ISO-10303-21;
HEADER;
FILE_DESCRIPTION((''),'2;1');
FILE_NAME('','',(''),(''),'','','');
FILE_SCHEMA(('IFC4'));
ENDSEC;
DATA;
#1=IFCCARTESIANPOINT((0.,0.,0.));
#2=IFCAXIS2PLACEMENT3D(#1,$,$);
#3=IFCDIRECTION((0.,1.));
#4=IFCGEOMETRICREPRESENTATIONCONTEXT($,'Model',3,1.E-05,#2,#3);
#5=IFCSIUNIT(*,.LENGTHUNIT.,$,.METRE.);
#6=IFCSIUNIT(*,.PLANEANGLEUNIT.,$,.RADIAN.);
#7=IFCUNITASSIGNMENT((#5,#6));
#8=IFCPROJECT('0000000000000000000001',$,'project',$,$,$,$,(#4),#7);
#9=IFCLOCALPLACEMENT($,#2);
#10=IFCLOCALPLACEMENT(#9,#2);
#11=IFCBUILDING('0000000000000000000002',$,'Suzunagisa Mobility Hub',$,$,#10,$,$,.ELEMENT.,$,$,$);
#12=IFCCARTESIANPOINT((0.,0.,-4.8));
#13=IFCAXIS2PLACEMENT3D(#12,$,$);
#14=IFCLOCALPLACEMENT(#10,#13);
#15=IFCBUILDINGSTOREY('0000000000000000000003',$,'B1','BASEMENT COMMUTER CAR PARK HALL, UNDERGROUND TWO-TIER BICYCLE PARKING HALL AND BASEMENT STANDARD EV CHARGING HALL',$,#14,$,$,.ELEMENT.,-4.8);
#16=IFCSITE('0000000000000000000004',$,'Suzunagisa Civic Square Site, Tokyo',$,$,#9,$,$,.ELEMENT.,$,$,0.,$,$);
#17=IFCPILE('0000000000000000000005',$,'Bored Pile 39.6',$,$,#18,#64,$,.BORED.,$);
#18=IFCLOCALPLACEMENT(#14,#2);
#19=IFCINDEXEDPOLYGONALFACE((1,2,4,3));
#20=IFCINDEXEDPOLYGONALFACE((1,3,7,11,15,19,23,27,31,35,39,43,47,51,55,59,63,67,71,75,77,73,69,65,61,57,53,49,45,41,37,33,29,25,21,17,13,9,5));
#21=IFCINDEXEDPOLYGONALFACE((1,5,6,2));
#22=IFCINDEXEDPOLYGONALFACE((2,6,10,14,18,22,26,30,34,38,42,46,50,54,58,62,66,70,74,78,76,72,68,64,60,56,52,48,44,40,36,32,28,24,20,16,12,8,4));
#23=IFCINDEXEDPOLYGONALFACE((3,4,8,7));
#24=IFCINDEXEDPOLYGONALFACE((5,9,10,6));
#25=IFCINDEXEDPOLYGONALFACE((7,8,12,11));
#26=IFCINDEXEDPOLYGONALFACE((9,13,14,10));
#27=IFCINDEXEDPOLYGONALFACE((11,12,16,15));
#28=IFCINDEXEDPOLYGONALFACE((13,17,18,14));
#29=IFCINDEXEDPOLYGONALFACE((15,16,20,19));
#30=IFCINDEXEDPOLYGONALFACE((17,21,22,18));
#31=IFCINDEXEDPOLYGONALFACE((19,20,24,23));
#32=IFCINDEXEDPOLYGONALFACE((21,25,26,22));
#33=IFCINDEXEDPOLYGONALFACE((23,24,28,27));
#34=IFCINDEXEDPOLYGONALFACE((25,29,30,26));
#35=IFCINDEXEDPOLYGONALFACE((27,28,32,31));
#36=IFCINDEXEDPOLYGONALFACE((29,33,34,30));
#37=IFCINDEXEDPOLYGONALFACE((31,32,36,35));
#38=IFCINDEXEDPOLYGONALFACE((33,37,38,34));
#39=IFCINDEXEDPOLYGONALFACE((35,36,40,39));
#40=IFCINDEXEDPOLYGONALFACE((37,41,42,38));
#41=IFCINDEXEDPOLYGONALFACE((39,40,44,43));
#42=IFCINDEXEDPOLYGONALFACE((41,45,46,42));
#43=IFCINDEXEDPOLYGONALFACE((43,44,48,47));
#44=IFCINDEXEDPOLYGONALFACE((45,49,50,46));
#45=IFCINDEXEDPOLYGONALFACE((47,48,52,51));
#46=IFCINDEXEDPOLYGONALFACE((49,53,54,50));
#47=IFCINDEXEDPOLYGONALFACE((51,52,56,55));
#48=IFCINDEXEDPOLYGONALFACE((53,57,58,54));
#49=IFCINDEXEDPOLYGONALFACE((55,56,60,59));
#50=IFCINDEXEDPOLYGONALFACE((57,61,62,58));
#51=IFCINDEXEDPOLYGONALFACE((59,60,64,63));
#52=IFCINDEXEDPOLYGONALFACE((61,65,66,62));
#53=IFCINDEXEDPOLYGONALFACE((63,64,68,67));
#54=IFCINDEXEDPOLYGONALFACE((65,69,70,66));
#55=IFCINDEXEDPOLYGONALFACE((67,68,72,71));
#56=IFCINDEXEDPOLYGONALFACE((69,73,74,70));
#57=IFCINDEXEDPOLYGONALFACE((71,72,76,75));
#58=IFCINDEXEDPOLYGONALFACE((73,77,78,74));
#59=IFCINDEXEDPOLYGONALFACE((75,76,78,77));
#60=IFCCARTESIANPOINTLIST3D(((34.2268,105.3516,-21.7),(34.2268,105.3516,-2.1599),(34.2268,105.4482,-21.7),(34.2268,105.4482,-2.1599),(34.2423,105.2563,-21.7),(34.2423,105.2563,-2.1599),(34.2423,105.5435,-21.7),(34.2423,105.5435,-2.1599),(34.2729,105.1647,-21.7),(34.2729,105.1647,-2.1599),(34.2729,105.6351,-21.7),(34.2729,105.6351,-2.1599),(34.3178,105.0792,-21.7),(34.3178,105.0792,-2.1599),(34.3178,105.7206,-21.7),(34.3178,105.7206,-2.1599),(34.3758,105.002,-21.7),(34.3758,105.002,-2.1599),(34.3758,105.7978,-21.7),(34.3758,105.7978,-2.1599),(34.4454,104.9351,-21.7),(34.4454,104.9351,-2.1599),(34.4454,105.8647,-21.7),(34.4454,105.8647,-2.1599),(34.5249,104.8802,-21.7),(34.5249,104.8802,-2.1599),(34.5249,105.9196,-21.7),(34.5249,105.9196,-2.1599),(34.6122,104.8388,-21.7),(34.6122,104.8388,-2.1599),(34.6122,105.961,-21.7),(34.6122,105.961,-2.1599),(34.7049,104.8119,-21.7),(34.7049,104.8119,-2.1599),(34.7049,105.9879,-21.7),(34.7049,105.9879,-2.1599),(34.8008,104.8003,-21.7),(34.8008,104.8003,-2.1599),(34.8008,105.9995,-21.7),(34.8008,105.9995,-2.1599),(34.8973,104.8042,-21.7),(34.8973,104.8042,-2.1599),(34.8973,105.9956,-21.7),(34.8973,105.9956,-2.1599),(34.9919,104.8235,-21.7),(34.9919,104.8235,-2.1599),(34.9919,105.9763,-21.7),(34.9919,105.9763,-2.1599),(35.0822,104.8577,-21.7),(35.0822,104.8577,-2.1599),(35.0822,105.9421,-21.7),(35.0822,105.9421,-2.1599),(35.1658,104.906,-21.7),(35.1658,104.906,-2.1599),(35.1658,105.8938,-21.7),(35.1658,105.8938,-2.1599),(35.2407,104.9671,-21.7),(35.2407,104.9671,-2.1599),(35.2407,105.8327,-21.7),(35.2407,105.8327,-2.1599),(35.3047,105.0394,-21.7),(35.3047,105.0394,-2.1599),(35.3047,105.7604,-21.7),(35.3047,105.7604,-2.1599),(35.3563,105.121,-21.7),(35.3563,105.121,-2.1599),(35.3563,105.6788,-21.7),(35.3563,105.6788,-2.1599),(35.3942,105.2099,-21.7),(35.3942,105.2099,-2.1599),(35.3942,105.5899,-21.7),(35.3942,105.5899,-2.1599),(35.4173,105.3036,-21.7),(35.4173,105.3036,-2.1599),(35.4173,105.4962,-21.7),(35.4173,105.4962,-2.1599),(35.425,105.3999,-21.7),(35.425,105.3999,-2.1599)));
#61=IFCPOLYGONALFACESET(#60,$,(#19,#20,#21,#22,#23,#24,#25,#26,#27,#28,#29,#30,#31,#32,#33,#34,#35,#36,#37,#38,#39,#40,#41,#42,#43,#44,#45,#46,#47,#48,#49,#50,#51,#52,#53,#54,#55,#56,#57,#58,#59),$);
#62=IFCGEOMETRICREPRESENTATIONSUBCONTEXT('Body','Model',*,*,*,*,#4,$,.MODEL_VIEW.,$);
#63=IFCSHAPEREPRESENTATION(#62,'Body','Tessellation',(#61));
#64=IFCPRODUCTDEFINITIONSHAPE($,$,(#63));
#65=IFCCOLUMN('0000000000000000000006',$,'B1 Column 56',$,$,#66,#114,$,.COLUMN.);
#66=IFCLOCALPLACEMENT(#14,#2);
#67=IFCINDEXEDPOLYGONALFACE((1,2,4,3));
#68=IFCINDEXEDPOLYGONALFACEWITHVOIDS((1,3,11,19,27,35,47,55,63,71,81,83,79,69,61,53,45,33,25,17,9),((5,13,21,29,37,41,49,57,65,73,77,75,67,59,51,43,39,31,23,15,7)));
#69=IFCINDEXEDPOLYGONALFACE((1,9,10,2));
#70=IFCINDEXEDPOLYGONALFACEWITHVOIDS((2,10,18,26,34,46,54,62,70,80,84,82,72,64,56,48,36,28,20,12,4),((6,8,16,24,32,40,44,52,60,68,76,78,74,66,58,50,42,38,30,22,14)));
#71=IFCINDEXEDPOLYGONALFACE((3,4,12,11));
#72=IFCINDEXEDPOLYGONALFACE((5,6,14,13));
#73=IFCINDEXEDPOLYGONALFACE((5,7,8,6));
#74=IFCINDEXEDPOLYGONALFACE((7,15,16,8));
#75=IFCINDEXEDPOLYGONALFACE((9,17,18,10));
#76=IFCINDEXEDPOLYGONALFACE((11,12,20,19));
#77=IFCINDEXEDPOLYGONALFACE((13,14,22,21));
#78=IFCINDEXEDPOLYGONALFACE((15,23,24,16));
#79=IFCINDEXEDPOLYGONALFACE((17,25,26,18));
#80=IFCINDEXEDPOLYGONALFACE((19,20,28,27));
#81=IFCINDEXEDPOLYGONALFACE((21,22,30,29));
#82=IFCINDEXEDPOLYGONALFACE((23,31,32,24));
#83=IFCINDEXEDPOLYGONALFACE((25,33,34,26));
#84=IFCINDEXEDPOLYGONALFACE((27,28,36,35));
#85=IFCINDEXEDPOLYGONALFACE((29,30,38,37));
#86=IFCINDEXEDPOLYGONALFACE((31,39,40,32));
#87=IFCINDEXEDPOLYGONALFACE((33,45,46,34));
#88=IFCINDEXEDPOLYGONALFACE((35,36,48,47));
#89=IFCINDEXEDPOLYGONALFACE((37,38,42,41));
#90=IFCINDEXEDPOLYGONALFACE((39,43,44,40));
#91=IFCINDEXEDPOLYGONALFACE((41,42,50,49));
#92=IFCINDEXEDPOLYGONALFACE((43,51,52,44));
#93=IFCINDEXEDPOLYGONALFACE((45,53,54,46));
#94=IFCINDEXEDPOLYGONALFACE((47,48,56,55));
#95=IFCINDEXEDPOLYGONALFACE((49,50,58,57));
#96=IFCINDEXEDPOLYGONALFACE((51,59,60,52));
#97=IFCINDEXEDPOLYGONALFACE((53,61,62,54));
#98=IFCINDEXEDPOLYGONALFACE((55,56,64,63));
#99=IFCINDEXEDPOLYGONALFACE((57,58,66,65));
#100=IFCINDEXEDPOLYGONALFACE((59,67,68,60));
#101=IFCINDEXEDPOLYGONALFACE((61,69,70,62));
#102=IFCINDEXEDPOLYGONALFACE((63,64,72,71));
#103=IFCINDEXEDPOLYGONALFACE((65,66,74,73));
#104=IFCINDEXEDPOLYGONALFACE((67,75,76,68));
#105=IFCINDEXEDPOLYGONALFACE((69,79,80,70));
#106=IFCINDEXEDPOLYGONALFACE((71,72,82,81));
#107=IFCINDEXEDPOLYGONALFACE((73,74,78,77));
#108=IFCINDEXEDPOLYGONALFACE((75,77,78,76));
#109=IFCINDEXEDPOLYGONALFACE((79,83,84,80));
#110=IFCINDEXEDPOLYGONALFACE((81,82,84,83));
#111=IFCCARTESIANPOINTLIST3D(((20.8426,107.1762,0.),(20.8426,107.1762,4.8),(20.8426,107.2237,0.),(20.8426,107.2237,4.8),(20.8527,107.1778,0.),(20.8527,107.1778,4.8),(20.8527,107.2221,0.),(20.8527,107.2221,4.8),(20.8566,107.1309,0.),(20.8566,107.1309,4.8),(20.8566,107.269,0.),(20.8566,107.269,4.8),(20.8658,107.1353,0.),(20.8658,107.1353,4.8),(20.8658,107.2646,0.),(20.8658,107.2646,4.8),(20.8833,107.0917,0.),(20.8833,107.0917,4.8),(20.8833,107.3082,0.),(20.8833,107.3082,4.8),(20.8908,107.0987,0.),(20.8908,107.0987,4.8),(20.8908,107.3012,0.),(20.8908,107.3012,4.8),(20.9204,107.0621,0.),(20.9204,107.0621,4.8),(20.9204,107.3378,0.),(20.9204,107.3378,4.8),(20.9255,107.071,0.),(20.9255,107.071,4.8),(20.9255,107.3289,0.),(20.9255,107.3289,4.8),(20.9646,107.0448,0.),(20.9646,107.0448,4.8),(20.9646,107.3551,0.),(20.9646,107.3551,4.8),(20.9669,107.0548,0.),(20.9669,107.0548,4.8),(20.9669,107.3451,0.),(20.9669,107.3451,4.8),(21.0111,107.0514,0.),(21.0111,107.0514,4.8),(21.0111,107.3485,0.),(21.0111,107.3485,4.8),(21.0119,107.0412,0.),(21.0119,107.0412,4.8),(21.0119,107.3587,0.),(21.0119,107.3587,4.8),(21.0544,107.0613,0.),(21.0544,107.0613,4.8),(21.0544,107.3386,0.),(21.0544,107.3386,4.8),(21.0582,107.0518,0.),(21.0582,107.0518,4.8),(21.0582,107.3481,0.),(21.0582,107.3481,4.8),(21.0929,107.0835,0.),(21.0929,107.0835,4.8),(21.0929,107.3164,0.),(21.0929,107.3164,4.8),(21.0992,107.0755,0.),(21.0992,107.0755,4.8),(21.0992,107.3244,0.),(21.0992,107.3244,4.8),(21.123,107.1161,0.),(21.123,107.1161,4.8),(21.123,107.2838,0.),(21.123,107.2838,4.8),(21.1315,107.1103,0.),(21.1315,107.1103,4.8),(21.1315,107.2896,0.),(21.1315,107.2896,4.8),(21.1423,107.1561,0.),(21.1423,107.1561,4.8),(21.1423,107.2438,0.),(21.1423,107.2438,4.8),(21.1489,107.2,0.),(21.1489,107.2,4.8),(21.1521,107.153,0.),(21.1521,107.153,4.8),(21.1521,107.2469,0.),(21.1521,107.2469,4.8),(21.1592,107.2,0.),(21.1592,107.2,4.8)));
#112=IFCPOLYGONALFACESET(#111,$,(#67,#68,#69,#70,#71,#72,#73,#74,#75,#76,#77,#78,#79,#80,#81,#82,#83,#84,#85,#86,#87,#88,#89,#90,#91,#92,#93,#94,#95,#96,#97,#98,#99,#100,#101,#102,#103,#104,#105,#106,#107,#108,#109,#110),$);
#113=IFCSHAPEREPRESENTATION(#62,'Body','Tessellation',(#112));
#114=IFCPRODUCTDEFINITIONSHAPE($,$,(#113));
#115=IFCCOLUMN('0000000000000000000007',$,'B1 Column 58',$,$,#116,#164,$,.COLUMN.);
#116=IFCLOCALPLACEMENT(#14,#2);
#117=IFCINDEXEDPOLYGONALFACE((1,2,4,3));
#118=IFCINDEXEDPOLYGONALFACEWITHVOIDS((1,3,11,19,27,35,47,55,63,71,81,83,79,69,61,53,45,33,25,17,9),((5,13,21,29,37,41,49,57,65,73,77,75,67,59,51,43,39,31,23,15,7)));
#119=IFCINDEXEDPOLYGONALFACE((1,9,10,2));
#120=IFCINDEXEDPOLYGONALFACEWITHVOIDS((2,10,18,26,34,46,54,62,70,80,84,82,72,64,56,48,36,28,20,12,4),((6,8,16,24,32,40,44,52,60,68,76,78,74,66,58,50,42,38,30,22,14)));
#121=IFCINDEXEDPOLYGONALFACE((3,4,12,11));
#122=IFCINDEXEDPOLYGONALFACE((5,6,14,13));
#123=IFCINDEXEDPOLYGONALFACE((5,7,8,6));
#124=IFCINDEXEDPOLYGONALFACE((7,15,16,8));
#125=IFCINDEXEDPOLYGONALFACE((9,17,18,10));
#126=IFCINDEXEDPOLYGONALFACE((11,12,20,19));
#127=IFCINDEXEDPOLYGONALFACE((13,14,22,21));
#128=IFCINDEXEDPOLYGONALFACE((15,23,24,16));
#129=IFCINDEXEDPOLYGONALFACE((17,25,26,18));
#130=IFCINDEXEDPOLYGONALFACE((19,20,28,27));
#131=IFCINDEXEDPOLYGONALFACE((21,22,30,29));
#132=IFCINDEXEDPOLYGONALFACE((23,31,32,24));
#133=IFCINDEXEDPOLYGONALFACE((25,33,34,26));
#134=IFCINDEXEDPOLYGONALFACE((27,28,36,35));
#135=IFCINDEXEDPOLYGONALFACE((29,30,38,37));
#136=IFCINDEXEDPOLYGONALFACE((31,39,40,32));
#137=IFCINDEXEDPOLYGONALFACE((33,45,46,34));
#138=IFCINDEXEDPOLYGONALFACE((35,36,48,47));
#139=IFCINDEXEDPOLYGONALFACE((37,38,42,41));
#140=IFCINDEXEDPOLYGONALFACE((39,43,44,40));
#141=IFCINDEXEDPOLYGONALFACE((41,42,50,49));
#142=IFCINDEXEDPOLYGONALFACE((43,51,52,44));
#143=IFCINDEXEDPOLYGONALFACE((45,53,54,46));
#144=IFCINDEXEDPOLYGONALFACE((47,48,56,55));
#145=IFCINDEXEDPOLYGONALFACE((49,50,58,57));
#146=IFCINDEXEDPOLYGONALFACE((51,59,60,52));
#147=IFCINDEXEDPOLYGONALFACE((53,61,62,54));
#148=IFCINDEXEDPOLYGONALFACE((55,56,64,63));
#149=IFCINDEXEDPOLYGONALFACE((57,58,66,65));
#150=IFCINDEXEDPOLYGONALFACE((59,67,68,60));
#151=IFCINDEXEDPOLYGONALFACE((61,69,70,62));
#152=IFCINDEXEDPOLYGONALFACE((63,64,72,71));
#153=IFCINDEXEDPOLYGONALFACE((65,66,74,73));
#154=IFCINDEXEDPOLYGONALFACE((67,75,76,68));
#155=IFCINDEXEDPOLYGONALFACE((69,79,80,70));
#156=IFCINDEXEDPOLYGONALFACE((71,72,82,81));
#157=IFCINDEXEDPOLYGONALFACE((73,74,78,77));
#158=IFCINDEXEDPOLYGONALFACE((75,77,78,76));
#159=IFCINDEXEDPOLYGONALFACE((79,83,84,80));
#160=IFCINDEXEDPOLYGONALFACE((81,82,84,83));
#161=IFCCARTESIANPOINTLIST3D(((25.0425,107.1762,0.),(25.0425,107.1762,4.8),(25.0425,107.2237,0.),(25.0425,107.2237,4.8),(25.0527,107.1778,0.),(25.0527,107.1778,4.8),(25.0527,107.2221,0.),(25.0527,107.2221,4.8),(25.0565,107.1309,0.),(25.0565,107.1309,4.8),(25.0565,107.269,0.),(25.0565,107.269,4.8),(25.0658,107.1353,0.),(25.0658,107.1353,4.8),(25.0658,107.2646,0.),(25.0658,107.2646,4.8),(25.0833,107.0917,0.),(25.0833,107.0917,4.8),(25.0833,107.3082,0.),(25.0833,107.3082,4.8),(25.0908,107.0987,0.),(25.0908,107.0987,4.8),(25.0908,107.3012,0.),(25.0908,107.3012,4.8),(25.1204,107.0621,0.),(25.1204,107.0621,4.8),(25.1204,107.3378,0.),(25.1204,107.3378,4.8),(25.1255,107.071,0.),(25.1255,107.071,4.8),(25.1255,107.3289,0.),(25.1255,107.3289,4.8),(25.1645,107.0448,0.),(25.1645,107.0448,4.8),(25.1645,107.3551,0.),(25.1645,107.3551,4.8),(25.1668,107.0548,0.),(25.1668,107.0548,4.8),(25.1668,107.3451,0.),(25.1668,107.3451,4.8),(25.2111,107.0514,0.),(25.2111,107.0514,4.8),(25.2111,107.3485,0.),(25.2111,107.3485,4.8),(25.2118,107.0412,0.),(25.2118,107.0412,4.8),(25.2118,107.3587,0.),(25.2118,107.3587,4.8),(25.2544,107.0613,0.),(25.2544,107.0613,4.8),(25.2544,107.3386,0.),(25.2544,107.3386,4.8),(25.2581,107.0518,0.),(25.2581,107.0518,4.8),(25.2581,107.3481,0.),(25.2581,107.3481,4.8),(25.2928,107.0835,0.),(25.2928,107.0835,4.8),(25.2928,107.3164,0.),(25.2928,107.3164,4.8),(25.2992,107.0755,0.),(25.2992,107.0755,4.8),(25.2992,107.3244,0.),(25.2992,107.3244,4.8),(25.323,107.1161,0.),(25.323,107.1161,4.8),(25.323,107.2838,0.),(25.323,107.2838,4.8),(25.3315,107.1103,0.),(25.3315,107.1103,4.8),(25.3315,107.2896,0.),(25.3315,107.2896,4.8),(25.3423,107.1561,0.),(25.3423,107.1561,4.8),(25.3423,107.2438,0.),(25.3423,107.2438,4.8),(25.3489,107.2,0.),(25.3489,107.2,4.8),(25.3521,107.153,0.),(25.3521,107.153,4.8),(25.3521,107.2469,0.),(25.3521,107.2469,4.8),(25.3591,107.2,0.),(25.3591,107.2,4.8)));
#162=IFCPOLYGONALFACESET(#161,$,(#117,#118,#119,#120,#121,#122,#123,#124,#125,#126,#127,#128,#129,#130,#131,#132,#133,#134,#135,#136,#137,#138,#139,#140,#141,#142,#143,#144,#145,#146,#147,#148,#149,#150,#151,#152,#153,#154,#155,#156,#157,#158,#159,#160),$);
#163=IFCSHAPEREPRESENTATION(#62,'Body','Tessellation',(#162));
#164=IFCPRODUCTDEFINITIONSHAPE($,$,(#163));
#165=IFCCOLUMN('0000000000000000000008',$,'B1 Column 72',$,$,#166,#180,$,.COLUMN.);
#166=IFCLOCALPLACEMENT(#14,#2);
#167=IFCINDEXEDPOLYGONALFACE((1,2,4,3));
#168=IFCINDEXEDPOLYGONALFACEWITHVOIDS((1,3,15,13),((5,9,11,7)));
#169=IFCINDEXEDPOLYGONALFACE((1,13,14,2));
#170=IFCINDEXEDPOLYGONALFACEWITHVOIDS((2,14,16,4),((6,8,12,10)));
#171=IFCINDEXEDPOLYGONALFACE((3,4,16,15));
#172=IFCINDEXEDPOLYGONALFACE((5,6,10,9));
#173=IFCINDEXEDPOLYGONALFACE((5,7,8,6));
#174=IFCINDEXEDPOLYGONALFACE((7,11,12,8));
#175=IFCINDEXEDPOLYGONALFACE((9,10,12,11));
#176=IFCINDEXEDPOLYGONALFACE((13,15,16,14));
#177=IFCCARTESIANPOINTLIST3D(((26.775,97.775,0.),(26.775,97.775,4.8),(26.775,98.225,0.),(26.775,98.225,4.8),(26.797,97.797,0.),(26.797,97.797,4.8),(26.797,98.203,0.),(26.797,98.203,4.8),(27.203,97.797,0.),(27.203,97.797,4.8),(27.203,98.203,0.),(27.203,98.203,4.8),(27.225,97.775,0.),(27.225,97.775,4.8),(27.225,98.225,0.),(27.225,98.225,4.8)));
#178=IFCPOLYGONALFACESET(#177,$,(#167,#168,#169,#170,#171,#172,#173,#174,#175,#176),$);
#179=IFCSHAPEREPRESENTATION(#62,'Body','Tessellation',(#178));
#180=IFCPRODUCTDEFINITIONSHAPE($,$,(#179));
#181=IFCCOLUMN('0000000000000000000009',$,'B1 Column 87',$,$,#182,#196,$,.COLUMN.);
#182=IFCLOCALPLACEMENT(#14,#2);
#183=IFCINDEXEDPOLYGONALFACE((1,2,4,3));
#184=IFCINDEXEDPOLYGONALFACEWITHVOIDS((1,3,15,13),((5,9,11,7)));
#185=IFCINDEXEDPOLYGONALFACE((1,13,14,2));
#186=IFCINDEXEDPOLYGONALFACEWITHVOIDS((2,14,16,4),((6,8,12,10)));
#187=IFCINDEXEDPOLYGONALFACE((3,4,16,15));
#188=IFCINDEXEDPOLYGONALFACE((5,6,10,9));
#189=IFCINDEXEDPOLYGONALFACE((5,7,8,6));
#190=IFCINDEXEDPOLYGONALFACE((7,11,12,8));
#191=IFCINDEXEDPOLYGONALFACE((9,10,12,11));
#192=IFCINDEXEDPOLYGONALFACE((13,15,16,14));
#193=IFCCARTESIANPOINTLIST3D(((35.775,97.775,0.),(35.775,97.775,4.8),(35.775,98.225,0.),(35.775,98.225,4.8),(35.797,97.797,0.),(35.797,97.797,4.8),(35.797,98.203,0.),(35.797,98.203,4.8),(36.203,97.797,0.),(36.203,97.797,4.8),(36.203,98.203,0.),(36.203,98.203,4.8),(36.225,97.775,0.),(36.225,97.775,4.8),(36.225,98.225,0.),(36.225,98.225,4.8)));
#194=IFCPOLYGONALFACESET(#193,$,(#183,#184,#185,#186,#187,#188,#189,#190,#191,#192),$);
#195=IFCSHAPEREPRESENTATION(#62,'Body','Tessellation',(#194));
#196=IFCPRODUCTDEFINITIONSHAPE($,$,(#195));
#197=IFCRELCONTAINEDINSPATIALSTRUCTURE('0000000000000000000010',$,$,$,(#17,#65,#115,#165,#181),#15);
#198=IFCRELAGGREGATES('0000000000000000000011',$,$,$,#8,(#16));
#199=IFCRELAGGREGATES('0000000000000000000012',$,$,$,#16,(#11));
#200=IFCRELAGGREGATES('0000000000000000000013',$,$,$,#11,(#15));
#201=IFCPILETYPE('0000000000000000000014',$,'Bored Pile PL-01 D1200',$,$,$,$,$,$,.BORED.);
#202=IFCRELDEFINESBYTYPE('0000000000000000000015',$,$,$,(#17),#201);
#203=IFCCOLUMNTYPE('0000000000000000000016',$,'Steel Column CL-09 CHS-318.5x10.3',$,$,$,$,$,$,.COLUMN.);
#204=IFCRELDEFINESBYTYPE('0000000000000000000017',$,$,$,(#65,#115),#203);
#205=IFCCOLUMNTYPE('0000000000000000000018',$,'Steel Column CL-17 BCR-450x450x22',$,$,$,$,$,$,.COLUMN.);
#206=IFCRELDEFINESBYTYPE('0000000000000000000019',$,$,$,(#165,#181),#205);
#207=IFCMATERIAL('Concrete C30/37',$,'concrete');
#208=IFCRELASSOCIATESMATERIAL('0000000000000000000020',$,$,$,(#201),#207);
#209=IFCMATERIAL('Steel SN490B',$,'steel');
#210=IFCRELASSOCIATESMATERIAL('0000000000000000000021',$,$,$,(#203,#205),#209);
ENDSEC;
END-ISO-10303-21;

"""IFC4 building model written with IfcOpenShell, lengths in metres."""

from ifc_helpers import new_model, si_unit, direction, frame, origin, origin_2d, place, context, subcontext, project, spatial, hollow_rectangle, circle, hollow_circle, extrude, material, material_profile, profile_set, type_object, element, save


model = new_model("IFC4")

# Units and contexts
model_context = context("Model", 3, precision=1e-05, world=origin(), true_north=direction((0.0, 1.0)))
body_context = subcontext(model_context, "Body", "Model", "MODEL_VIEW")
ifc_project = project(units=[si_unit("LENGTHUNIT", "METRE"), si_unit("PLANEANGLEUNIT", "RADIAN")], contexts=[model_context])

# Site, building, storey
site_placement = place(None, origin())
site = spatial("IfcSite", under=ifc_project, at=site_placement, Name="Suzunagisa Civic Square Site, Tokyo", CompositionType="ELEMENT", RefElevation=0.0)
building_placement = place(site_placement, origin())
building = spatial("IfcBuilding", under=site, at=building_placement, Name="Suzunagisa Mobility Hub", CompositionType="ELEMENT")
storey_placement = place(building_placement, frame((0.0, 0.0, -4.8)))
storey = spatial("IfcBuildingStorey", under=building, at=storey_placement, Name="B1", Description="BASEMENT COMMUTER CAR PARK HALL, UNDERGROUND TWO-TIER BICYCLE PARKING HALL AND BASEMENT STANDARD EV CHARGING HALL", CompositionType="ELEMENT", Elevation=-4.8)

# Pile
ifc_material_1 = material(Name="Concrete C30/37", Category="concrete")
ifc_material_profile_1 = material_profile(ifc_material_1, circle(Radius=0.6001, at=origin_2d()), Name="BORED PILE D1200")
ifc_profile_set_1 = profile_set([ifc_material_profile_1], Name="Concrete C30/37")
pile_type = type_object("IfcPileType", Name="Bored Pile PL-01 D1200", PredefinedType="BORED", material=ifc_profile_set_1)
for number, where, z_axis, x_axis, name in (
    (1, (34.825, 105.3999, -2.1599), (0.0, 0.0, -1.0), (1.0, 0.0, 0.0), "Bored Pile 39.6"),
):
    element("IfcPile", number, at=place(storey_placement, frame(where, z_axis=z_axis, x_axis=x_axis)), inside=storey, type_object=pile_type, Name=name, PredefinedType="BORED", context=body_context, shape_type="SweptSolid", body=[
        extrude(circle(Radius=0.6001, at=origin_2d()), origin(), (0.0, 0.0, 1.0), 19.54),
    ])

# Columns
ifc_material_2 = material(Name="Steel SN490B", Category="steel")
ifc_material_profile_2 = material_profile(ifc_material_2, hollow_circle(Radius=0.1592, WallThickness=0.0103, at=origin_2d()), Name="CHS-318.5x10.3")
ifc_profile_set_2 = profile_set([ifc_material_profile_2], Name="Steel SN490B")
column_type_1 = type_object("IfcColumnType", Name="Steel Column CL-09 CHS-318.5x10.3", PredefinedType="COLUMN", material=ifc_profile_set_2)
for number, where, z_axis, x_axis, name in (
    (2, (21.0, 107.2, 0.0), (0.0, 0.0, 1.0), (1.0, 0.0, 0.0), "B1 Column 56"),
    (3, (25.2, 107.2, 0.0), (0.0, 0.0, 1.0), (1.0, 0.0, 0.0), "B1 Column 58"),
):
    element("IfcColumn", number, at=place(storey_placement, frame(where, z_axis=z_axis, x_axis=x_axis)), inside=storey, type_object=column_type_1, Name=name, PredefinedType="COLUMN", context=body_context, shape_type="SweptSolid", body=[
        extrude(hollow_circle(Radius=0.1592, WallThickness=0.0103, at=origin_2d()), origin(), (0.0, 0.0, 1.0), 4.8),
    ])
ifc_material_profile_3 = material_profile(ifc_material_2, hollow_rectangle(XDim=0.45, YDim=0.45, WallThickness=0.022, at=origin_2d()), Name="BCR-450x450x22")
ifc_profile_set_3 = profile_set([ifc_material_profile_3], Name="Steel SN490B")
column_type_2 = type_object("IfcColumnType", Name="Steel Column CL-17 BCR-450x450x22", PredefinedType="COLUMN", material=ifc_profile_set_3)
for number, where, z_axis, x_axis, name in (
    (4, (27.0, 98.0, 0.0), (0.0, 0.0, 1.0), (1.0, 0.0, 0.0), "B1 Column 72"),
    (5, (36.0, 98.0, 0.0), (0.0, 0.0, 1.0), (1.0, 0.0, 0.0), "B1 Column 87"),
):
    element("IfcColumn", number, at=place(storey_placement, frame(where, z_axis=z_axis, x_axis=x_axis)), inside=storey, type_object=column_type_2, Name=name, PredefinedType="COLUMN", context=body_context, shape_type="SweptSolid", body=[
        extrude(hollow_rectangle(XDim=0.45, YDim=0.45, WallThickness=0.022, at=origin_2d()), origin(), (0.0, 0.0, 1.0), 4.8),
    ])

save(model, "model.ifc")
